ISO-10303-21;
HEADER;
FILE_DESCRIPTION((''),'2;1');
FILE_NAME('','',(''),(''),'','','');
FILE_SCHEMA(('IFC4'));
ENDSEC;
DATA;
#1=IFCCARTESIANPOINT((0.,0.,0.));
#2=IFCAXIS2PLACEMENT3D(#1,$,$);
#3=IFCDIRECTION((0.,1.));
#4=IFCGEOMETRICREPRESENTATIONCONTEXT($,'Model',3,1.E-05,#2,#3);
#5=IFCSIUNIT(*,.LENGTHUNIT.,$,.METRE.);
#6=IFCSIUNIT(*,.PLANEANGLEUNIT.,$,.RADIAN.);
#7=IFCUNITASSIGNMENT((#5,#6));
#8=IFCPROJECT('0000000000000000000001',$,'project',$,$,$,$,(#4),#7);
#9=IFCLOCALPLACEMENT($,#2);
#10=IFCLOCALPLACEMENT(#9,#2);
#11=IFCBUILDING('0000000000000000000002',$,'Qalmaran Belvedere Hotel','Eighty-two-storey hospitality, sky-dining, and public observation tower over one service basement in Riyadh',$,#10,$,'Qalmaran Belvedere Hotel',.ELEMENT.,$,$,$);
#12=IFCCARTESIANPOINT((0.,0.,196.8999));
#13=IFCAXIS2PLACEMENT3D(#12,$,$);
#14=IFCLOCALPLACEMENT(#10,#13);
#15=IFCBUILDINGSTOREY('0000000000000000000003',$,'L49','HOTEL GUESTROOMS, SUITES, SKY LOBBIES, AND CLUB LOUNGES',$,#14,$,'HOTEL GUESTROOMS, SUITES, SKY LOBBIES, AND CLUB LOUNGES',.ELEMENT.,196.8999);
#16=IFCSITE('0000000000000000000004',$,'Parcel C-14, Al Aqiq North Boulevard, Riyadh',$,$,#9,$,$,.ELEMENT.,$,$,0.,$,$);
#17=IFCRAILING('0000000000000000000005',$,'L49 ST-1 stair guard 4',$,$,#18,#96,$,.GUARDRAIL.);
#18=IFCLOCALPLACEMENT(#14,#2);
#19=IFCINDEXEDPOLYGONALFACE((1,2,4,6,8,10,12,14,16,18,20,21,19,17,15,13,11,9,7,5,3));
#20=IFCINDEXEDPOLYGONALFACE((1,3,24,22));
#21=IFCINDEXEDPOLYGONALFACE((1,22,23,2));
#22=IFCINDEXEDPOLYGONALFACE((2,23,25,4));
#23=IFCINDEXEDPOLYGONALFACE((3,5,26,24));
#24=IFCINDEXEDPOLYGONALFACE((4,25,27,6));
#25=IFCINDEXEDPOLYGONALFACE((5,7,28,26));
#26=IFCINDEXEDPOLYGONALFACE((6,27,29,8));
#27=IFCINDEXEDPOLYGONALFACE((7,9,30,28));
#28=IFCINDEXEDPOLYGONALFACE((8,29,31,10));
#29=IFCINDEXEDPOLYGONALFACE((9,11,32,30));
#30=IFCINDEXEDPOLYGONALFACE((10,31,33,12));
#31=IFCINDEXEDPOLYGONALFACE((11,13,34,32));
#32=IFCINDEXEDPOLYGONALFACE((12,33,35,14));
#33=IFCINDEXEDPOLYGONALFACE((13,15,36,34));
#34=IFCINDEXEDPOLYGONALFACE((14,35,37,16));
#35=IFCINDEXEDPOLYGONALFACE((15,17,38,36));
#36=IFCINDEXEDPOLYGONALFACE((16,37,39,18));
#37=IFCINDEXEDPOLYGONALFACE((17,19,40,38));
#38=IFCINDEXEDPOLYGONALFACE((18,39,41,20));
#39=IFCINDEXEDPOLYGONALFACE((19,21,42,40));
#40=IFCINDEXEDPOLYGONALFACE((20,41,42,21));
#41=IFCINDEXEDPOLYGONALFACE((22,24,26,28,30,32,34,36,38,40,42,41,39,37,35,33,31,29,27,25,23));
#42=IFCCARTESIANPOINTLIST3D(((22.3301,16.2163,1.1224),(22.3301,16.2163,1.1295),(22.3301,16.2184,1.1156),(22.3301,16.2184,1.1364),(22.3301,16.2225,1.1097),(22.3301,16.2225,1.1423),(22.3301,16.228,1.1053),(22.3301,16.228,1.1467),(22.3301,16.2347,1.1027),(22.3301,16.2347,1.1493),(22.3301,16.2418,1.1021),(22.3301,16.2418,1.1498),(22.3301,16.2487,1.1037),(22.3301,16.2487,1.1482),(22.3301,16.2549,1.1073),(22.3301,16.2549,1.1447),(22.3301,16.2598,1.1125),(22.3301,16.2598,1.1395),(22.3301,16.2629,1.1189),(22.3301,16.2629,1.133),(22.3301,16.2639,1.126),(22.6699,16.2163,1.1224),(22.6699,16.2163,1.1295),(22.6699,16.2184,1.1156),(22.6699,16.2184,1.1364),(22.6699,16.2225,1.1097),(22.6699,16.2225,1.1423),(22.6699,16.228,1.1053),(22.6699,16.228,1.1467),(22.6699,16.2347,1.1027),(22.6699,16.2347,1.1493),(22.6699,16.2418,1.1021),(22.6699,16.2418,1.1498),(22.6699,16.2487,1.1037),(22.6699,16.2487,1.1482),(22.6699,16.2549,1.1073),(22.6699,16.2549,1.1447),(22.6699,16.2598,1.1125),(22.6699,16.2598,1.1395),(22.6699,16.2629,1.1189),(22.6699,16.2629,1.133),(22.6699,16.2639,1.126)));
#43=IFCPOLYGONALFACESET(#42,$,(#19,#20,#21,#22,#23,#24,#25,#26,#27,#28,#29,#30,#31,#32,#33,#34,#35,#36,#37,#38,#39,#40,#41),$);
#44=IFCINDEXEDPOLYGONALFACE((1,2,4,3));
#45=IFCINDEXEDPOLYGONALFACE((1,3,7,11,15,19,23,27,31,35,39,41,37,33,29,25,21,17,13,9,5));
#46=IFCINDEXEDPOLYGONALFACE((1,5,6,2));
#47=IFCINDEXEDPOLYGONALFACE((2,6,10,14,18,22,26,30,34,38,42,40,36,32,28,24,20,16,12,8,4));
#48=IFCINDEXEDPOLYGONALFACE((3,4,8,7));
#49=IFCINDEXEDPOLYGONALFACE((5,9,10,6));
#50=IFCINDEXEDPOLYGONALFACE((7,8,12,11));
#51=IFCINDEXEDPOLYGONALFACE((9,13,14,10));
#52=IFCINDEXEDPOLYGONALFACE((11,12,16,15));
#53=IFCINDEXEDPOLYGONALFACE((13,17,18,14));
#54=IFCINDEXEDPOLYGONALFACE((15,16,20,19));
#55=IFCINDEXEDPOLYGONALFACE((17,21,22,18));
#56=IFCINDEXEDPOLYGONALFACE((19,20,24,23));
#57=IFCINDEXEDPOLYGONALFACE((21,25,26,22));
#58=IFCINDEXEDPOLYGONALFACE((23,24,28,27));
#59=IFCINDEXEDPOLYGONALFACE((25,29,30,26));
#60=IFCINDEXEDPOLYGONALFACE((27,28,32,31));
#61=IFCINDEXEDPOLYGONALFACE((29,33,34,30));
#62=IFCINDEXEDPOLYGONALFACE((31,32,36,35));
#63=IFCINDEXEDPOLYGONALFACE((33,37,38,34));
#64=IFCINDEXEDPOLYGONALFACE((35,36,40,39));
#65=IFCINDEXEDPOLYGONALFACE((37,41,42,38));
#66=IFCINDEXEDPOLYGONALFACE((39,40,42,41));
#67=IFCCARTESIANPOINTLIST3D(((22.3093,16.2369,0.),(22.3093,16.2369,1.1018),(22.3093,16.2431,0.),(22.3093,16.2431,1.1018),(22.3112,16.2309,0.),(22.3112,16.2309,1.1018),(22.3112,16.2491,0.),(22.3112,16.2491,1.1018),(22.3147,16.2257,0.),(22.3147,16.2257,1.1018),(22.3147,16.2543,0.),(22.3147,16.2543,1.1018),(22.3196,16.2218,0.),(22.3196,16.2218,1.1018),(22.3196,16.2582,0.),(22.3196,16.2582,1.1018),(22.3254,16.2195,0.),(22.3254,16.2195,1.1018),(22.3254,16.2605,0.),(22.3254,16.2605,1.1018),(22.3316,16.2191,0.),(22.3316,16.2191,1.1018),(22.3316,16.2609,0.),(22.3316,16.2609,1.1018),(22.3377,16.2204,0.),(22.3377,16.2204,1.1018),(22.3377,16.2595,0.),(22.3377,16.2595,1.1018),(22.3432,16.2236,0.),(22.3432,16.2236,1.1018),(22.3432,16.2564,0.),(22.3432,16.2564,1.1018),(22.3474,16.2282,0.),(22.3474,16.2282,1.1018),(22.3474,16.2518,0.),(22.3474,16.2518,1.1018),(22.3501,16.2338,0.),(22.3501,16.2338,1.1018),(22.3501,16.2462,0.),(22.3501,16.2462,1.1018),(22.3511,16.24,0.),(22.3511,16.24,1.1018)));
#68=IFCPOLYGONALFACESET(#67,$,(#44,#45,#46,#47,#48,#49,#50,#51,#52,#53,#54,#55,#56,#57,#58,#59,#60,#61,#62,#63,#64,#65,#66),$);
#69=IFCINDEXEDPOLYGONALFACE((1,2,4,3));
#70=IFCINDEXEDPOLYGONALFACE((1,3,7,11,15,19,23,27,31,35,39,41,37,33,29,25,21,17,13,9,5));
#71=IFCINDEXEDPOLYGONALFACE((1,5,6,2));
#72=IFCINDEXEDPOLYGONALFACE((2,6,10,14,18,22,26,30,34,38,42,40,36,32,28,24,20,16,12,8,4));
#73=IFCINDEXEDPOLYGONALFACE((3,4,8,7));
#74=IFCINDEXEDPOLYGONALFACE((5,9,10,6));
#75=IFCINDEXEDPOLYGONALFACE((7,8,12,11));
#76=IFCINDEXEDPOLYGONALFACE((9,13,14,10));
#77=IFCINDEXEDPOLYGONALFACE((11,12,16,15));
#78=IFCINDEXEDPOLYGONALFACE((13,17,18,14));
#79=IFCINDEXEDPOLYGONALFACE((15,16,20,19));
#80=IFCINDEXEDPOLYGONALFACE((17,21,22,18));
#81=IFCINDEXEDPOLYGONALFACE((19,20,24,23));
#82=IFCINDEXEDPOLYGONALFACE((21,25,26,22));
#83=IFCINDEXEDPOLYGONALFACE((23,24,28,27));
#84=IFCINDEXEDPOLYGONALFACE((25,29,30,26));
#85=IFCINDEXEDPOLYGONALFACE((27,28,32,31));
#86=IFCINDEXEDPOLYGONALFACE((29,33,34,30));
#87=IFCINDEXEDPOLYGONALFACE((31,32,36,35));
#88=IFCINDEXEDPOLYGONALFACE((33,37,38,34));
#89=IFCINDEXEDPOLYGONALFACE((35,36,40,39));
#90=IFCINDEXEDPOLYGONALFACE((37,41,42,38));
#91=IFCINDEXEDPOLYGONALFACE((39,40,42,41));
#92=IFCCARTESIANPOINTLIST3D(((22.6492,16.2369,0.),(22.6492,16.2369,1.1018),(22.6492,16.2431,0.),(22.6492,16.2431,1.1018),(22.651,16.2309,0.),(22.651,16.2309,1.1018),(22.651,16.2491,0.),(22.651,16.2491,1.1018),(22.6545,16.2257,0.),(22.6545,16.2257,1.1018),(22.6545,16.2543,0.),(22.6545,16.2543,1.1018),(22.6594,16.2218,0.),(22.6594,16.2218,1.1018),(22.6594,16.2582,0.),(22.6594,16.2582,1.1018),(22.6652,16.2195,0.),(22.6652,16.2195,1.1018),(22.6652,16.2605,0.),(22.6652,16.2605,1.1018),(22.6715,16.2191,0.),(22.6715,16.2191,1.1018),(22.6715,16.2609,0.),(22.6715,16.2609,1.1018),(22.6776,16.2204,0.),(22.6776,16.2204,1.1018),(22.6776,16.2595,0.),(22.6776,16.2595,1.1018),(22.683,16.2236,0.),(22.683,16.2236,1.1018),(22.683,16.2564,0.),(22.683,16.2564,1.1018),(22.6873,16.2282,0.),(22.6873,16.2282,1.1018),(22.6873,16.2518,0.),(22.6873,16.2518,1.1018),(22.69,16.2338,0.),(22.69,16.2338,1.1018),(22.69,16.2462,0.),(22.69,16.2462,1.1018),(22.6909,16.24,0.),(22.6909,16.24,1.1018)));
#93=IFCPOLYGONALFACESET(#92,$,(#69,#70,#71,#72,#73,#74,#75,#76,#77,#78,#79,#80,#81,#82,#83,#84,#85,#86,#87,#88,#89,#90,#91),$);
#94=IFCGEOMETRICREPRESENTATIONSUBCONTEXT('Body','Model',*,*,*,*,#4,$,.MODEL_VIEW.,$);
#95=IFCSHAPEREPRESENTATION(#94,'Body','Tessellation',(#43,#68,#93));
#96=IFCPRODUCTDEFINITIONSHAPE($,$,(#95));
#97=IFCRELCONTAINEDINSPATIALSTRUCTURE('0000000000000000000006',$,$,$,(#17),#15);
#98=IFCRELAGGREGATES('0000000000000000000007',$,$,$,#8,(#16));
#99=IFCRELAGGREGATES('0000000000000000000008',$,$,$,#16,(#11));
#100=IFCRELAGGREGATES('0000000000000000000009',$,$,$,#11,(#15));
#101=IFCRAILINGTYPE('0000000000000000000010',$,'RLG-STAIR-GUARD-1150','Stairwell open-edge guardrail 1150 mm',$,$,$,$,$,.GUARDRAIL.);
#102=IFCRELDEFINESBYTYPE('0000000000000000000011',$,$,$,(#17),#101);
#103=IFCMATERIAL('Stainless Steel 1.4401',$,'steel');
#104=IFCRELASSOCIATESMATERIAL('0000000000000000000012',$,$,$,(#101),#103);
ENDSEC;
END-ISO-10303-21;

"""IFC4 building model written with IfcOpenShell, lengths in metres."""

from ifc_helpers import new_model, si_unit, direction, frame, origin, origin_2d, place, context, subcontext, project, spatial, circle, extrude, material, type_object, element, save


model = new_model("IFC4")

# Units and contexts
model_context = context("Model", 3, precision=1e-05, world=origin(), true_north=direction((0.0, 1.0)))
body_context = subcontext(model_context, "Body", "Model", "MODEL_VIEW")
ifc_project = project(units=[si_unit("LENGTHUNIT", "METRE"), si_unit("PLANEANGLEUNIT", "RADIAN")], contexts=[model_context])

# Site, building, storey
site_placement = place(None, origin())
site = spatial("IfcSite", under=ifc_project, at=site_placement, Name="Parcel C-14, Al Aqiq North Boulevard, Riyadh", CompositionType="ELEMENT", RefElevation=0.0)
building_placement = place(site_placement, origin())
building = spatial("IfcBuilding", under=site, at=building_placement, Name="Qalmaran Belvedere Hotel", Description="Eighty-two-storey hospitality, sky-dining, and public observation tower over one service basement in Riyadh", LongName="Qalmaran Belvedere Hotel", CompositionType="ELEMENT")
storey_placement = place(building_placement, frame((0.0, 0.0, 196.8999)))
storey = spatial("IfcBuildingStorey", under=building, at=storey_placement, Name="L49", Description="HOTEL GUESTROOMS, SUITES, SKY LOBBIES, AND CLUB LOUNGES", LongName="HOTEL GUESTROOMS, SUITES, SKY LOBBIES, AND CLUB LOUNGES", CompositionType="ELEMENT", Elevation=196.8999)

# Shared definitions
ifc_material_1 = material(Name="Stainless Steel 1.4401", Category="steel")

# Railing
railing_type_1 = type_object("IfcRailingType", Name="RLG-STAIR-GUARD-1150", Description="Stairwell open-edge guardrail 1150 mm", PredefinedType="GUARDRAIL", material=ifc_material_1)
railing_1_placement = place(storey_placement, frame((22.3301, 16.24, 0.0)))
element("IfcRailing", 1, at=railing_1_placement, inside=storey, type_object=railing_type_1, Name="L49 ST-1 stair guard 4", PredefinedType="GUARDRAIL", context=body_context, shape_type="SweptSolid", body=[
    extrude(circle(Radius=0.0239, at=origin_2d()), frame((0.0, 0.0, 1.126), z_axis=(1.0, 0.0, 0.0), x_axis=(0.0, 1.0, 0.0)), (0.0, 0.0, 1.0), 0.3398),
    extrude(circle(Radius=0.021, at=origin_2d()), origin(), (0.0, 0.0, 1.0), 1.1018),
    extrude(circle(Radius=0.021, at=origin_2d()), frame((0.3398, 0.0, 0.0)), (0.0, 0.0, 1.0), 1.1018),
])

save(model, "model.ifc")
